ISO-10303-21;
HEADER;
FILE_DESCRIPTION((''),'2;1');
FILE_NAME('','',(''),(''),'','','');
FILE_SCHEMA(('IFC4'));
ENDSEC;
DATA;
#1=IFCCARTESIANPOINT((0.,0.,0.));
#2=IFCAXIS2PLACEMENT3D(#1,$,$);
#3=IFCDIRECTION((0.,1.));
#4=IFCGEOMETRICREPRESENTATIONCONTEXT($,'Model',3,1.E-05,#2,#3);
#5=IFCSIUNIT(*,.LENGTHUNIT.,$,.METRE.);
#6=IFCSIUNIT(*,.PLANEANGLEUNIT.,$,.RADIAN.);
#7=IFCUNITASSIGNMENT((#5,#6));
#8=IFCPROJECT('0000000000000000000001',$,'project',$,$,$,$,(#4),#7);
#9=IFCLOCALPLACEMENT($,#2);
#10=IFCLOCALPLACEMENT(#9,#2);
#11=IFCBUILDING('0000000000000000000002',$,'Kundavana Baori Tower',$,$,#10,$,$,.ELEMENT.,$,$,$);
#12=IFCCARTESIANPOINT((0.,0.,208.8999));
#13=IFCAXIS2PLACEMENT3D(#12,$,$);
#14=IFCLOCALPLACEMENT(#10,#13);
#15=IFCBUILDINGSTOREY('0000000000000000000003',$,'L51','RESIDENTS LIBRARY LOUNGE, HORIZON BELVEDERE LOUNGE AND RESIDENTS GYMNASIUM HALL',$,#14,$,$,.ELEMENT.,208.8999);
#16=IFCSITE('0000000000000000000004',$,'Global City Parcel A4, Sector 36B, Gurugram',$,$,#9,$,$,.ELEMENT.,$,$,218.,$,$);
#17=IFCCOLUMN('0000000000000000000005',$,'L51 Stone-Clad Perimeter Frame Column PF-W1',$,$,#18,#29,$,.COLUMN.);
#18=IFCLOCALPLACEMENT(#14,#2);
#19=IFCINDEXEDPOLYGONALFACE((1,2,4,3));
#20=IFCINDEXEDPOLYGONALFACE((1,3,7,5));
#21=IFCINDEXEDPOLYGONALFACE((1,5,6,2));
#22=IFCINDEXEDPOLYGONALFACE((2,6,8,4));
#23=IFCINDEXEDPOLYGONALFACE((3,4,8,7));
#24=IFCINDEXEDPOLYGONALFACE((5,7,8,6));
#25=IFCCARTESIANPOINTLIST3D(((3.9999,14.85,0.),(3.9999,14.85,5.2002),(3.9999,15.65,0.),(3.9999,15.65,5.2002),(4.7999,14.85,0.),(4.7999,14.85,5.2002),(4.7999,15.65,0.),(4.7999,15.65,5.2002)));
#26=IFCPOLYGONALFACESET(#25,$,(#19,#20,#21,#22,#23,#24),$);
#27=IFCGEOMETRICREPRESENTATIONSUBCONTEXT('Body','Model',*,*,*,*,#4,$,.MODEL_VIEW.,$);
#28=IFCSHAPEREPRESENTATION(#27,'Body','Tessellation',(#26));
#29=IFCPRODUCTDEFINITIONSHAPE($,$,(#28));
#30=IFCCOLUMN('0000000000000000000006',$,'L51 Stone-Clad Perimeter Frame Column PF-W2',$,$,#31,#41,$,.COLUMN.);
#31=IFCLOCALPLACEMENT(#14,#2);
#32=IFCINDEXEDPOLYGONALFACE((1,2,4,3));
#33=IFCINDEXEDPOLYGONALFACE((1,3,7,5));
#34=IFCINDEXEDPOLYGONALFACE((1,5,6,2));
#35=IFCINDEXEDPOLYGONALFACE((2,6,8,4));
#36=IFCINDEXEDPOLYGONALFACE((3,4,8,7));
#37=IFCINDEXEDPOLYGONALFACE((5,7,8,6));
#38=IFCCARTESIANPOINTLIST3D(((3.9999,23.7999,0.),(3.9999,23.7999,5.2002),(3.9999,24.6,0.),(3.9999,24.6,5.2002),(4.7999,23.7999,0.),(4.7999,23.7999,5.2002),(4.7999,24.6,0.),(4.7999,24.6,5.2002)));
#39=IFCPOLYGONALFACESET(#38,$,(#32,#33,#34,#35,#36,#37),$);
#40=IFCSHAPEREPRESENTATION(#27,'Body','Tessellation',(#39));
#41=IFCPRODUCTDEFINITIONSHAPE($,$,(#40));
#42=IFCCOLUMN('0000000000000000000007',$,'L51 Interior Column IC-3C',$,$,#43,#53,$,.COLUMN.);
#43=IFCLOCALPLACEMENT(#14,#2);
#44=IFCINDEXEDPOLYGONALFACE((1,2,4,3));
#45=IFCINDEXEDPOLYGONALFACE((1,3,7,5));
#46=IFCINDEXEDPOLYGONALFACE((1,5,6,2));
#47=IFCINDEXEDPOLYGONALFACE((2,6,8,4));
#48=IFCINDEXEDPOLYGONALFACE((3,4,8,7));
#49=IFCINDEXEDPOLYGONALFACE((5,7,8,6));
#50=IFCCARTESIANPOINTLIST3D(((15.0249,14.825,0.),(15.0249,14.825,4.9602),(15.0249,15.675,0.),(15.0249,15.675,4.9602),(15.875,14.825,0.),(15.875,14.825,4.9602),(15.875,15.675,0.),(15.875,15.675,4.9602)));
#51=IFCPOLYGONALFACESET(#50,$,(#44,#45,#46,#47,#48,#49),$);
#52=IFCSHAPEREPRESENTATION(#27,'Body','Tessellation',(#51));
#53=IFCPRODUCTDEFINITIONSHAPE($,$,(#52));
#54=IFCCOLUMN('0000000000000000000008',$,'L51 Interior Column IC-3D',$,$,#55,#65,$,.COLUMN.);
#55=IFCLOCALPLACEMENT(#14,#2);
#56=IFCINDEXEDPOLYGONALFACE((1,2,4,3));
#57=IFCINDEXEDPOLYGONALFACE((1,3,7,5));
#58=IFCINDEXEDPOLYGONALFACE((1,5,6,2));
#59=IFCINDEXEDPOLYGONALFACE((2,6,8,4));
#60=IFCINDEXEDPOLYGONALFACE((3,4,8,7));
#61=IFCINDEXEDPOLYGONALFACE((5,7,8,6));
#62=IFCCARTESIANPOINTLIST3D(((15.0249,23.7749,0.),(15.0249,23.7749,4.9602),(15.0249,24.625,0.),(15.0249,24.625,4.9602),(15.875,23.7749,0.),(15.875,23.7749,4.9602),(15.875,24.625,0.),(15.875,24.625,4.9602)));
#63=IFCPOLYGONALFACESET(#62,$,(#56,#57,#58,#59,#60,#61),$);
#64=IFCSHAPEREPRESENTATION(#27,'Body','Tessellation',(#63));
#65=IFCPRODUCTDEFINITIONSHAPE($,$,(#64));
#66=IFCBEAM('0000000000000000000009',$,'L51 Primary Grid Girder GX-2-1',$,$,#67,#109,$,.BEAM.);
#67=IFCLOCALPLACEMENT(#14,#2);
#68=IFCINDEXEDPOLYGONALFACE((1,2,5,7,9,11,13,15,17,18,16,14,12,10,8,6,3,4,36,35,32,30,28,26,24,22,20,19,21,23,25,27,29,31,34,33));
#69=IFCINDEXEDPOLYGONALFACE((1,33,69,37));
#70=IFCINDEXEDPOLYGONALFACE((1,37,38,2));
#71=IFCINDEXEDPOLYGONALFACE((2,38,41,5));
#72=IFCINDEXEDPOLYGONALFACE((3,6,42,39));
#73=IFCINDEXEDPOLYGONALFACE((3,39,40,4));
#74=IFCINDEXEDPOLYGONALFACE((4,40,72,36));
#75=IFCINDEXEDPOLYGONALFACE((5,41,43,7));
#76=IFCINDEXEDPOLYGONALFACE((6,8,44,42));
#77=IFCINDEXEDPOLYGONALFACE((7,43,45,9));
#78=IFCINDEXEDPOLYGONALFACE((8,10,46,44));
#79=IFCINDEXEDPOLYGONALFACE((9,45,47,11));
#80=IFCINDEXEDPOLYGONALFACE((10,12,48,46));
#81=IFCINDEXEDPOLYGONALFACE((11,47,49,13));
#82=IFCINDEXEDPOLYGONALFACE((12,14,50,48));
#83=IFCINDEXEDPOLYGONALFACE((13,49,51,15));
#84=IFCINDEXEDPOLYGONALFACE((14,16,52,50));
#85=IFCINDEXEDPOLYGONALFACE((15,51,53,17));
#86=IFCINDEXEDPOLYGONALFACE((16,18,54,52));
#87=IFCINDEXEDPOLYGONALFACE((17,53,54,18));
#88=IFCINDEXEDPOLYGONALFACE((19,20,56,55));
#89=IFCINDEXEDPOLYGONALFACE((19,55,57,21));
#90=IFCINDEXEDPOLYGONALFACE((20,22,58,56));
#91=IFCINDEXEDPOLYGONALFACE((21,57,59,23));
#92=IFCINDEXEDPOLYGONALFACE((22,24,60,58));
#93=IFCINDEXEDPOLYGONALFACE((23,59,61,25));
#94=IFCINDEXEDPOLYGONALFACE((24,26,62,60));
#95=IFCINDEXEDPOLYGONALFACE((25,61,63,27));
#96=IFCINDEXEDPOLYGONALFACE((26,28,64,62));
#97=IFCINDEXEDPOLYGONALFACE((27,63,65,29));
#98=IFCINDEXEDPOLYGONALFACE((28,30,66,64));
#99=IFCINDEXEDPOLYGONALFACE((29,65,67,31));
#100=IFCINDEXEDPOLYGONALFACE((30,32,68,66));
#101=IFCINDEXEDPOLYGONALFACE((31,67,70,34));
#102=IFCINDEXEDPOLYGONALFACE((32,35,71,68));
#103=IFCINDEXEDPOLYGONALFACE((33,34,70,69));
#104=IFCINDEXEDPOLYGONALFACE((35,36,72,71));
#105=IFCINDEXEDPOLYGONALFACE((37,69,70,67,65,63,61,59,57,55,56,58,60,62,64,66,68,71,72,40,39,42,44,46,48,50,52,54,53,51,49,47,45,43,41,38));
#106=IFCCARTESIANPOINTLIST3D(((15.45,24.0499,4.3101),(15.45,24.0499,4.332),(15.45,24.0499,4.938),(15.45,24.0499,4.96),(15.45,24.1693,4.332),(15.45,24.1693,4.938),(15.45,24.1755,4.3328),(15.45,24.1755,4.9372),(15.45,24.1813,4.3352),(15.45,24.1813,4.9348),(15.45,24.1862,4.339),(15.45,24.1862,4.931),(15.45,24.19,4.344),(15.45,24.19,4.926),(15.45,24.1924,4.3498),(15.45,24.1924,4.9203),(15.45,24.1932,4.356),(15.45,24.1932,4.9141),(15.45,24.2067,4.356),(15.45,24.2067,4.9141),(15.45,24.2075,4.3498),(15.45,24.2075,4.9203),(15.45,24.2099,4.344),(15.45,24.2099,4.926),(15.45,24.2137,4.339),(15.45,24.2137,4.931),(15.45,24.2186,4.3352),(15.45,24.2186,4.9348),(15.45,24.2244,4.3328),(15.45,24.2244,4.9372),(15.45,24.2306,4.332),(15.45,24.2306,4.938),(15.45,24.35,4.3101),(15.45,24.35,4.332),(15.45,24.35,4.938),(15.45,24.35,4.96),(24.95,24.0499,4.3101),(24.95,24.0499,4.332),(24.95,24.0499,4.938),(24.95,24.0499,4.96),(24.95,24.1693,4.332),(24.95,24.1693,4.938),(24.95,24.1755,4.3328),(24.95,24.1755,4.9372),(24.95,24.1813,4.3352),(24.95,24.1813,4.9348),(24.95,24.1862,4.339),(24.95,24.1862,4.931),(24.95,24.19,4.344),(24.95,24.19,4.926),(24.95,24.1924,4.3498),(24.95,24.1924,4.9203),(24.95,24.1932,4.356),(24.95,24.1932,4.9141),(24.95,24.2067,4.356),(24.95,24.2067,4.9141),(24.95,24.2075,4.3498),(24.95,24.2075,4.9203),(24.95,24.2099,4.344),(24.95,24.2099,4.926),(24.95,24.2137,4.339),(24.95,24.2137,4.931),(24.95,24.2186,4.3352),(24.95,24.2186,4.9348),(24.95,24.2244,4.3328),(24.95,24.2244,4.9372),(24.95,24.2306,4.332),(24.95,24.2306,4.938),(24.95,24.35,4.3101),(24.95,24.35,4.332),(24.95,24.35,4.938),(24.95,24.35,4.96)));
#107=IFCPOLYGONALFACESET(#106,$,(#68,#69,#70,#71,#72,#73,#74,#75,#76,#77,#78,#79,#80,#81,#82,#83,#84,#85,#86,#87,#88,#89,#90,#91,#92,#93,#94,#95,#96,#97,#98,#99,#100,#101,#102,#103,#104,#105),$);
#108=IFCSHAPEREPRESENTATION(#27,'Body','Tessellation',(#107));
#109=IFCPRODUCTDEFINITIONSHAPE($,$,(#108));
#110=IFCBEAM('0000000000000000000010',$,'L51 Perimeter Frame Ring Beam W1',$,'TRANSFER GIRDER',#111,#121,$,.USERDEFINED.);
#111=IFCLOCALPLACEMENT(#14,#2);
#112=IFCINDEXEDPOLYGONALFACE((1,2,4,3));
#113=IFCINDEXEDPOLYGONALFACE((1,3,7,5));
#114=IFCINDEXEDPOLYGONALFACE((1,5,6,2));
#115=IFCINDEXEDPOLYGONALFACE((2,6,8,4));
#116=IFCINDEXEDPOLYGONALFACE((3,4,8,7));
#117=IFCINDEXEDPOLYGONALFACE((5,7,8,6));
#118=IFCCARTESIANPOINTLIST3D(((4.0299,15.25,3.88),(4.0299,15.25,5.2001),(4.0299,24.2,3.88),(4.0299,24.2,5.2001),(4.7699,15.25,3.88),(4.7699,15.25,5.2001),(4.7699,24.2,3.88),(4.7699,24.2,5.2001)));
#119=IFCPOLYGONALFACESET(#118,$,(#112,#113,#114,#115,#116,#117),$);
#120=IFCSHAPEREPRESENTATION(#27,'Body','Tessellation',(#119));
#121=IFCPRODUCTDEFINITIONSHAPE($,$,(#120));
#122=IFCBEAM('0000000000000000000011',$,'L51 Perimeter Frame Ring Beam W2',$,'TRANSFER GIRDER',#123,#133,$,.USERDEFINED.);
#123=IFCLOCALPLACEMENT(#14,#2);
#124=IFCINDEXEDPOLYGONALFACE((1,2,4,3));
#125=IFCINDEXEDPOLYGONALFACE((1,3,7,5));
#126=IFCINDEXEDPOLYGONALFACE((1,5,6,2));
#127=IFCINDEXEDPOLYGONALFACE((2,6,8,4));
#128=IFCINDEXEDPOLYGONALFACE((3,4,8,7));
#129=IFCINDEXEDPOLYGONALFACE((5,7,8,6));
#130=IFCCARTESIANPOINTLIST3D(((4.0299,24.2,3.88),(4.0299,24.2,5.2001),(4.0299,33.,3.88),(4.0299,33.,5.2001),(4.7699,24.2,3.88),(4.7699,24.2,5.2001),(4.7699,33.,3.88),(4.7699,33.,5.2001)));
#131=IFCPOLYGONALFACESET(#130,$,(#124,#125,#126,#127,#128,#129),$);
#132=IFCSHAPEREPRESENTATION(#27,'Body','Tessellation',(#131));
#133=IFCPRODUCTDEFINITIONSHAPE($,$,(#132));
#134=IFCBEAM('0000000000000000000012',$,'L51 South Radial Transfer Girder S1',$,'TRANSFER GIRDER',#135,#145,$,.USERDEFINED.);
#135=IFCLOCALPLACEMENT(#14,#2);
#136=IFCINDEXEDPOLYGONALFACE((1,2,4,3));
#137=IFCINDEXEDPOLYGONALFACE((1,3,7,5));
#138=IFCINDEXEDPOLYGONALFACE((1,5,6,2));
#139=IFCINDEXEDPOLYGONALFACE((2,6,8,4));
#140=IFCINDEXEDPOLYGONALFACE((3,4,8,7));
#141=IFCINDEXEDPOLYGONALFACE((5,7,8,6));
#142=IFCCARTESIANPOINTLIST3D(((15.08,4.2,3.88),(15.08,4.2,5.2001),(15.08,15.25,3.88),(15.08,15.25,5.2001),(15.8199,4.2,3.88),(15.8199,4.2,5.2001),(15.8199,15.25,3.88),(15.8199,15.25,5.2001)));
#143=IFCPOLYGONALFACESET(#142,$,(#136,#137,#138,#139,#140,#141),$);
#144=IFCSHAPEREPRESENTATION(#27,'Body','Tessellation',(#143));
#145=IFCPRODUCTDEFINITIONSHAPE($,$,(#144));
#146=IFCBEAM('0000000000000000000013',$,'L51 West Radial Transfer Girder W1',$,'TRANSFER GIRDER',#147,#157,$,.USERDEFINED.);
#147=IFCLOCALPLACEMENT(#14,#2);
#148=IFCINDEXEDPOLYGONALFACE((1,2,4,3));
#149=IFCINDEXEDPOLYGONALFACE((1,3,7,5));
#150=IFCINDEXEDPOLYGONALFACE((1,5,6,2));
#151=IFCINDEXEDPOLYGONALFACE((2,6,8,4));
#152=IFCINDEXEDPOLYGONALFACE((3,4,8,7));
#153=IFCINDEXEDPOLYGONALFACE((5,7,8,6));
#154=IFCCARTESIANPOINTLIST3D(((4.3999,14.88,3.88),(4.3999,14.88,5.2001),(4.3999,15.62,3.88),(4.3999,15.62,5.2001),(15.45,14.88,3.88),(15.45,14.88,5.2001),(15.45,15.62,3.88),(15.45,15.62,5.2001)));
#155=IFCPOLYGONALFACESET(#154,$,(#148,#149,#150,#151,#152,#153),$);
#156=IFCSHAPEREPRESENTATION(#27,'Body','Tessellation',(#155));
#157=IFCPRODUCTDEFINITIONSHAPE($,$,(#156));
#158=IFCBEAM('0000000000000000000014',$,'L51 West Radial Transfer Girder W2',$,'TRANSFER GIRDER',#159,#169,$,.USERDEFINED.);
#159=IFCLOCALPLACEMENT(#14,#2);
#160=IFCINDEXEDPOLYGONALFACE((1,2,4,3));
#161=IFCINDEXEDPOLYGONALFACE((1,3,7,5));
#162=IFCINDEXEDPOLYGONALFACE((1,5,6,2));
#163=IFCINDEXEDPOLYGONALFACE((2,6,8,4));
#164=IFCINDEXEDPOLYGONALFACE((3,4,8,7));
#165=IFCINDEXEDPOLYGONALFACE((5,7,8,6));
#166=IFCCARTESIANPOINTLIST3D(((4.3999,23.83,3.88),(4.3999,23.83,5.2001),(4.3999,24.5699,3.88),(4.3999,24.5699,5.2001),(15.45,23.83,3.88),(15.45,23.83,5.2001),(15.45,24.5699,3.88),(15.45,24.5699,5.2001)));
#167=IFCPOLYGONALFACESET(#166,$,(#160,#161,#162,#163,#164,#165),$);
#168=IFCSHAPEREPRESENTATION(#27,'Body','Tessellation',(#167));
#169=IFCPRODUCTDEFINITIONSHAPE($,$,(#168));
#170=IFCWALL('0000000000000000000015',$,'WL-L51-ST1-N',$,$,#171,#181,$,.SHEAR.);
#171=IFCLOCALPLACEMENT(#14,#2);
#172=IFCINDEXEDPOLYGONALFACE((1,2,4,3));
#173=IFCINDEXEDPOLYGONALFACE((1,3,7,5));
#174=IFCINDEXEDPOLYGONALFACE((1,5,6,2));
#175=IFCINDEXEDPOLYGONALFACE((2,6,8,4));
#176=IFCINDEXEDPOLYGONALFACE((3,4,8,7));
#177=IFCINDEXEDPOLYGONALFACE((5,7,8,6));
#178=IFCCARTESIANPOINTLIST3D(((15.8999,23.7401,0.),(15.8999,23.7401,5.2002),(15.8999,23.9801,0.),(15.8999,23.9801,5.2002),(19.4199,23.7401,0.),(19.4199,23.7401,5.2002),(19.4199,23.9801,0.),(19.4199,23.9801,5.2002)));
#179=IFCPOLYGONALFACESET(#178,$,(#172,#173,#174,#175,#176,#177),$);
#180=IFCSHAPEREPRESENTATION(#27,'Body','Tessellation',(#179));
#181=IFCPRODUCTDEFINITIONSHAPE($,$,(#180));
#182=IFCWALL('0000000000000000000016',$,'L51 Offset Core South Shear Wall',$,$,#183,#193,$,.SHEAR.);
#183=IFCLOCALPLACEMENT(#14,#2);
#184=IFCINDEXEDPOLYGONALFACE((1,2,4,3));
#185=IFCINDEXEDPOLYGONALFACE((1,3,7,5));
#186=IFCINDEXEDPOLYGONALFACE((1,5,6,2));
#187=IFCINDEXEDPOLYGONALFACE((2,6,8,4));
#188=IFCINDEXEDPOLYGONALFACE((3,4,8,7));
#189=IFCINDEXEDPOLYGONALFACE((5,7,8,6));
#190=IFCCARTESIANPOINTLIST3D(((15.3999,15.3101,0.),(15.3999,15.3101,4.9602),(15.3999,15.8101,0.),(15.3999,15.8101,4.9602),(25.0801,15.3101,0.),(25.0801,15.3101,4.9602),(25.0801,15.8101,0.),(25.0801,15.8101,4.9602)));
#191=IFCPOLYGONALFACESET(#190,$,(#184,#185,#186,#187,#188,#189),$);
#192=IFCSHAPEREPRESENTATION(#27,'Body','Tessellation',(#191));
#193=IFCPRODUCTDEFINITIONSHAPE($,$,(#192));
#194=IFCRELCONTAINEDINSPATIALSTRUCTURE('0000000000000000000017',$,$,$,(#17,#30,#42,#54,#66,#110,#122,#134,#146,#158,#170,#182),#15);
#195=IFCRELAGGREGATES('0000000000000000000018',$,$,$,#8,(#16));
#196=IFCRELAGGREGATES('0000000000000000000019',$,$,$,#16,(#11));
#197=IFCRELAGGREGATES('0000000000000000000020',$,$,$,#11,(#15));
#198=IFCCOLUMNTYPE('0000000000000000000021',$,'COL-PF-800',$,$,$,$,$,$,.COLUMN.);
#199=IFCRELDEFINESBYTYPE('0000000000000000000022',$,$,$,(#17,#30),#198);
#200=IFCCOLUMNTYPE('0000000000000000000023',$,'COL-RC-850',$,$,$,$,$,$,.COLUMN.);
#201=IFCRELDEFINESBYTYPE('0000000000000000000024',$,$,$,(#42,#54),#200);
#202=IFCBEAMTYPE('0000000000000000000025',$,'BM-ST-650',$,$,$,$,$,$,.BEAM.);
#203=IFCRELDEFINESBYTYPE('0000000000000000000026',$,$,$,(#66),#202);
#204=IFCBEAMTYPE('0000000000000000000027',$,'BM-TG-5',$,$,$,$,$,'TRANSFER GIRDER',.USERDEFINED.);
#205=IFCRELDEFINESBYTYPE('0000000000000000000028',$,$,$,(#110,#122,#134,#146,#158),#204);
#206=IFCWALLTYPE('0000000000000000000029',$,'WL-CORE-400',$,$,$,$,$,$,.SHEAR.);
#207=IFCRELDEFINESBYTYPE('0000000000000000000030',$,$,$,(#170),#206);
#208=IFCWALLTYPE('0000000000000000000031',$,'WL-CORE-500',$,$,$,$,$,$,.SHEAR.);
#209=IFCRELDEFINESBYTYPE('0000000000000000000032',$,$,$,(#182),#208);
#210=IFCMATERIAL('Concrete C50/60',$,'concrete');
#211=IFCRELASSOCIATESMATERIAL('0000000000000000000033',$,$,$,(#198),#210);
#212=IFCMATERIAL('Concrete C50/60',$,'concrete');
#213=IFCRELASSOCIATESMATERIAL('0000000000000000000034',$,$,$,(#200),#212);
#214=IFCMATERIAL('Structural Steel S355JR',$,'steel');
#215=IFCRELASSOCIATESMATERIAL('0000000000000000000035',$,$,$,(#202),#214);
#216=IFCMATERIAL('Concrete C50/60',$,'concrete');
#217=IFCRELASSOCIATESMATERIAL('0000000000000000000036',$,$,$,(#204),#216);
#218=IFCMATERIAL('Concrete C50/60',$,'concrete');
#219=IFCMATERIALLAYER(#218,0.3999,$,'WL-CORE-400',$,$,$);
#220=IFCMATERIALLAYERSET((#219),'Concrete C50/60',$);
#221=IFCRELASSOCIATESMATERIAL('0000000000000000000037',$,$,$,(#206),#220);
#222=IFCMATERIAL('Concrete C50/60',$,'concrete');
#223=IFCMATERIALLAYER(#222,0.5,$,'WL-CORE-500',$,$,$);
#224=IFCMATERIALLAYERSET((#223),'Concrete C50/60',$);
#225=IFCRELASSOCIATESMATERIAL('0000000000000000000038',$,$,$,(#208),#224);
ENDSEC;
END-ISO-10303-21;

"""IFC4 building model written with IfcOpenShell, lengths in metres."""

from ifc_helpers import new_model, si_unit, direction, frame, frame_2d, origin, origin_2d, place, context, subcontext, project, spatial, rectangle, i_section, extrude, material, layer, layer_set, material_profile, profile_set, type_object, element, save


model = new_model("IFC4")

# Units and contexts
model_context = context("Model", 3, precision=1e-05, world=origin(), true_north=direction((0.0, 1.0)))
body_context = subcontext(model_context, "Body", "Model", "MODEL_VIEW")
ifc_project = project(units=[si_unit("LENGTHUNIT", "METRE"), si_unit("PLANEANGLEUNIT", "RADIAN")], contexts=[model_context])

# Site, building, storey
site_placement = place(None, origin())
site = spatial("IfcSite", under=ifc_project, at=site_placement, Name="Global City Parcel A4, Sector 36B, Gurugram", CompositionType="ELEMENT", RefElevation=218.0)
building_placement = place(site_placement, origin())
building = spatial("IfcBuilding", under=site, at=building_placement, Name="Kundavana Baori Tower", CompositionType="ELEMENT")
storey_placement = place(building_placement, frame((0.0, 0.0, 208.8999)))
storey = spatial("IfcBuildingStorey", under=building, at=storey_placement, Name="L51", Description="RESIDENTS LIBRARY LOUNGE, HORIZON BELVEDERE LOUNGE AND RESIDENTS GYMNASIUM HALL", CompositionType="ELEMENT", Elevation=208.8999)

# Columns
ifc_material_1 = material(Name="Concrete C50/60", Category="concrete")
ifc_material_profile_1 = material_profile(ifc_material_1, rectangle(XDim=0.8, YDim=0.8, at=origin_2d()), Name="RC PF 800x800")
ifc_profile_set_1 = profile_set([ifc_material_profile_1], Name="Concrete C50/60")
column_type_1 = type_object("IfcColumnType", Name="COL-PF-800", PredefinedType="COLUMN", material=ifc_profile_set_1)
for number, where, z_axis, x_axis, name in (
    (1, (4.3999, 15.25, 0.0), (0.0, 0.0, 1.0), (1.0, 0.0, 0.0), "L51 Stone-Clad Perimeter Frame Column PF-W1"),
    (2, (4.3999, 24.2, 0.0), (0.0, 0.0, 1.0), (1.0, 0.0, 0.0), "L51 Stone-Clad Perimeter Frame Column PF-W2"),
):
    element("IfcColumn", number, at=place(storey_placement, frame(where, z_axis=z_axis, x_axis=x_axis)), inside=storey, type_object=column_type_1, Name=name, PredefinedType="COLUMN", context=body_context, shape_type="SweptSolid", body=[
        extrude(rectangle(XDim=0.8, YDim=0.8, at=origin_2d()), origin(), (0.0, 0.0, 1.0), 5.2002),
    ])
ifc_material_2 = material(Name="Concrete C50/60", Category="concrete")
ifc_material_profile_2 = material_profile(ifc_material_2, rectangle(XDim=0.8501, YDim=0.8501, at=origin_2d()), Name="RC 850x850")
ifc_profile_set_2 = profile_set([ifc_material_profile_2], Name="Concrete C50/60")
column_type_2 = type_object("IfcColumnType", Name="COL-RC-850", PredefinedType="COLUMN", material=ifc_profile_set_2)
for number, where, z_axis, x_axis, name in (
    (3, (15.45, 15.25, 0.0), (0.0, 0.0, 1.0), (1.0, 0.0, 0.0), "L51 Interior Column IC-3C"),
    (4, (15.45, 24.2, 0.0), (0.0, 0.0, 1.0), (1.0, 0.0, 0.0), "L51 Interior Column IC-3D"),
):
    element("IfcColumn", number, at=place(storey_placement, frame(where, z_axis=z_axis, x_axis=x_axis)), inside=storey, type_object=column_type_2, Name=name, PredefinedType="COLUMN", context=body_context, shape_type="SweptSolid", body=[
        extrude(rectangle(XDim=0.8501, YDim=0.8501, at=origin_2d()), origin(), (0.0, 0.0, 1.0), 4.9602),
    ])

# Beams
ifc_material_3 = material(Name="Structural Steel S355JR", Category="steel")
ifc_material_profile_3 = material_profile(ifc_material_3, i_section(OverallWidth=0.3, OverallDepth=0.6499, WebThickness=0.0134, FlangeThickness=0.022, FilletRadius=0.0239, at=origin_2d()), Name="NPB 650x300x155")
ifc_profile_set_3 = profile_set([ifc_material_profile_3], Name="Structural Steel S355JR")
beam_type_1 = type_object("IfcBeamType", Name="BM-ST-650", PredefinedType="BEAM", material=ifc_profile_set_3)
beam_1_placement = place(storey_placement, frame((15.45, 24.2, 4.635), z_axis=(1.0, 0.0, 0.0), x_axis=(0.0, 1.0, 0.0)))
element("IfcBeam", 5, at=beam_1_placement, inside=storey, type_object=beam_type_1, Name="L51 Primary Grid Girder GX-2-1", PredefinedType="BEAM", context=body_context, shape_type="SweptSolid", body=[
    extrude(i_section(OverallWidth=0.3, OverallDepth=0.6499, WebThickness=0.0134, FlangeThickness=0.022, FilletRadius=0.0239, at=origin_2d()), origin(), (0.0, 0.0, 1.0), 9.5),
])
ifc_material_4 = material(Name="Concrete C50/60", Category="concrete")
ifc_material_profile_4 = material_profile(ifc_material_4, rectangle(XDim=0.74, YDim=1.3201, at=origin_2d()), Name="BM-TG-5")
ifc_profile_set_4 = profile_set([ifc_material_profile_4], Name="Concrete C50/60")
beam_type_2 = type_object("IfcBeamType", Name="BM-TG-5", ElementType="TRANSFER GIRDER", PredefinedType="USERDEFINED", material=ifc_profile_set_4)
beam_2_placement = place(storey_placement, frame((4.3999, 15.25, 4.54), z_axis=(0.0, 1.0, 0.0), x_axis=(-1.0, 0.0, 0.0)))
element("IfcBeam", 6, at=beam_2_placement, inside=storey, type_object=beam_type_2, Name="L51 Perimeter Frame Ring Beam W1", ObjectType="TRANSFER GIRDER", PredefinedType="USERDEFINED", context=body_context, shape_type="SweptSolid", body=[
    extrude(rectangle(XDim=0.74, YDim=1.3201, at=origin_2d()), origin(), (0.0, 0.0, 1.0), 8.95),
])
beam_3_placement = place(storey_placement, frame((4.3999, 24.2, 4.54), z_axis=(0.0, 1.0, 0.0), x_axis=(-1.0, 0.0, 0.0)))
element("IfcBeam", 7, at=beam_3_placement, inside=storey, type_object=beam_type_2, Name="L51 Perimeter Frame Ring Beam W2", ObjectType="TRANSFER GIRDER", PredefinedType="USERDEFINED", context=body_context, shape_type="SweptSolid", body=[
    extrude(rectangle(XDim=0.74, YDim=1.3201, at=origin_2d()), origin(), (0.0, 0.0, 1.0), 8.8),
])
for number, where, z_axis, x_axis, name in (
    (8, (15.45, 15.25, 4.54), (0.0, -1.0, 0.0), (1.0, 0.0, 0.0), "L51 South Radial Transfer Girder S1"),
    (9, (15.45, 15.25, 4.54), (-1.0, 0.0, 0.0), (0.0, -1.0, 0.0), "L51 West Radial Transfer Girder W1"),
    (10, (15.45, 24.2, 4.54), (-1.0, 0.0, 0.0), (0.0, -1.0, 0.0), "L51 West Radial Transfer Girder W2"),
):
    element("IfcBeam", number, at=place(storey_placement, frame(where, z_axis=z_axis, x_axis=x_axis)), inside=storey, type_object=beam_type_2, Name=name, ObjectType="TRANSFER GIRDER", PredefinedType="USERDEFINED", context=body_context, shape_type="SweptSolid", body=[
        extrude(rectangle(XDim=0.74, YDim=1.3201, at=origin_2d()), origin(), (0.0, 0.0, 1.0), 11.05),
    ])

# Walls
ifc_material_5 = material(Name="Concrete C50/60", Category="concrete")
ifc_layer_1 = layer(ifc_material_5, 0.3999, Name="WL-CORE-400")
ifc_layer_set_1 = layer_set([ifc_layer_1], Name="Concrete C50/60")
wall_type_1 = type_object("IfcWallType", Name="WL-CORE-400", PredefinedType="SHEAR", material=ifc_layer_set_1)
wall_1_placement = place(storey_placement, frame((15.8999, 23.8601, 0.0), z_axis=(0.0, 0.0, 1.0), x_axis=(1.0, 0.0, 0.0)))
element("IfcWall", 11, at=wall_1_placement, inside=storey, type_object=wall_type_1, Name="WL-L51-ST1-N", PredefinedType="SHEAR", context=body_context, shape_type="SweptSolid", body=[
    extrude(rectangle(XDim=3.52, YDim=0.24, at=frame_2d((1.76, 0.0))), origin(), (0.0, 0.0, 1.0), 5.2002),
])
ifc_material_6 = material(Name="Concrete C50/60", Category="concrete")
ifc_layer_2 = layer(ifc_material_6, 0.5, Name="WL-CORE-500")
ifc_layer_set_2 = layer_set([ifc_layer_2], Name="Concrete C50/60")
wall_type_2 = type_object("IfcWallType", Name="WL-CORE-500", PredefinedType="SHEAR", material=ifc_layer_set_2)
wall_2_placement = place(storey_placement, frame((15.3999, 15.5601, 0.0), z_axis=(0.0, 0.0, 1.0), x_axis=(1.0, 0.0, 0.0)))
element("IfcWall", 12, at=wall_2_placement, inside=storey, type_object=wall_type_2, Name="L51 Offset Core South Shear Wall", PredefinedType="SHEAR", context=body_context, shape_type="SweptSolid", body=[
    extrude(rectangle(XDim=9.6802, YDim=0.5, at=frame_2d((4.8401, 0.0))), origin(), (0.0, 0.0, 1.0), 4.9602),
])

save(model, "model.ifc")
